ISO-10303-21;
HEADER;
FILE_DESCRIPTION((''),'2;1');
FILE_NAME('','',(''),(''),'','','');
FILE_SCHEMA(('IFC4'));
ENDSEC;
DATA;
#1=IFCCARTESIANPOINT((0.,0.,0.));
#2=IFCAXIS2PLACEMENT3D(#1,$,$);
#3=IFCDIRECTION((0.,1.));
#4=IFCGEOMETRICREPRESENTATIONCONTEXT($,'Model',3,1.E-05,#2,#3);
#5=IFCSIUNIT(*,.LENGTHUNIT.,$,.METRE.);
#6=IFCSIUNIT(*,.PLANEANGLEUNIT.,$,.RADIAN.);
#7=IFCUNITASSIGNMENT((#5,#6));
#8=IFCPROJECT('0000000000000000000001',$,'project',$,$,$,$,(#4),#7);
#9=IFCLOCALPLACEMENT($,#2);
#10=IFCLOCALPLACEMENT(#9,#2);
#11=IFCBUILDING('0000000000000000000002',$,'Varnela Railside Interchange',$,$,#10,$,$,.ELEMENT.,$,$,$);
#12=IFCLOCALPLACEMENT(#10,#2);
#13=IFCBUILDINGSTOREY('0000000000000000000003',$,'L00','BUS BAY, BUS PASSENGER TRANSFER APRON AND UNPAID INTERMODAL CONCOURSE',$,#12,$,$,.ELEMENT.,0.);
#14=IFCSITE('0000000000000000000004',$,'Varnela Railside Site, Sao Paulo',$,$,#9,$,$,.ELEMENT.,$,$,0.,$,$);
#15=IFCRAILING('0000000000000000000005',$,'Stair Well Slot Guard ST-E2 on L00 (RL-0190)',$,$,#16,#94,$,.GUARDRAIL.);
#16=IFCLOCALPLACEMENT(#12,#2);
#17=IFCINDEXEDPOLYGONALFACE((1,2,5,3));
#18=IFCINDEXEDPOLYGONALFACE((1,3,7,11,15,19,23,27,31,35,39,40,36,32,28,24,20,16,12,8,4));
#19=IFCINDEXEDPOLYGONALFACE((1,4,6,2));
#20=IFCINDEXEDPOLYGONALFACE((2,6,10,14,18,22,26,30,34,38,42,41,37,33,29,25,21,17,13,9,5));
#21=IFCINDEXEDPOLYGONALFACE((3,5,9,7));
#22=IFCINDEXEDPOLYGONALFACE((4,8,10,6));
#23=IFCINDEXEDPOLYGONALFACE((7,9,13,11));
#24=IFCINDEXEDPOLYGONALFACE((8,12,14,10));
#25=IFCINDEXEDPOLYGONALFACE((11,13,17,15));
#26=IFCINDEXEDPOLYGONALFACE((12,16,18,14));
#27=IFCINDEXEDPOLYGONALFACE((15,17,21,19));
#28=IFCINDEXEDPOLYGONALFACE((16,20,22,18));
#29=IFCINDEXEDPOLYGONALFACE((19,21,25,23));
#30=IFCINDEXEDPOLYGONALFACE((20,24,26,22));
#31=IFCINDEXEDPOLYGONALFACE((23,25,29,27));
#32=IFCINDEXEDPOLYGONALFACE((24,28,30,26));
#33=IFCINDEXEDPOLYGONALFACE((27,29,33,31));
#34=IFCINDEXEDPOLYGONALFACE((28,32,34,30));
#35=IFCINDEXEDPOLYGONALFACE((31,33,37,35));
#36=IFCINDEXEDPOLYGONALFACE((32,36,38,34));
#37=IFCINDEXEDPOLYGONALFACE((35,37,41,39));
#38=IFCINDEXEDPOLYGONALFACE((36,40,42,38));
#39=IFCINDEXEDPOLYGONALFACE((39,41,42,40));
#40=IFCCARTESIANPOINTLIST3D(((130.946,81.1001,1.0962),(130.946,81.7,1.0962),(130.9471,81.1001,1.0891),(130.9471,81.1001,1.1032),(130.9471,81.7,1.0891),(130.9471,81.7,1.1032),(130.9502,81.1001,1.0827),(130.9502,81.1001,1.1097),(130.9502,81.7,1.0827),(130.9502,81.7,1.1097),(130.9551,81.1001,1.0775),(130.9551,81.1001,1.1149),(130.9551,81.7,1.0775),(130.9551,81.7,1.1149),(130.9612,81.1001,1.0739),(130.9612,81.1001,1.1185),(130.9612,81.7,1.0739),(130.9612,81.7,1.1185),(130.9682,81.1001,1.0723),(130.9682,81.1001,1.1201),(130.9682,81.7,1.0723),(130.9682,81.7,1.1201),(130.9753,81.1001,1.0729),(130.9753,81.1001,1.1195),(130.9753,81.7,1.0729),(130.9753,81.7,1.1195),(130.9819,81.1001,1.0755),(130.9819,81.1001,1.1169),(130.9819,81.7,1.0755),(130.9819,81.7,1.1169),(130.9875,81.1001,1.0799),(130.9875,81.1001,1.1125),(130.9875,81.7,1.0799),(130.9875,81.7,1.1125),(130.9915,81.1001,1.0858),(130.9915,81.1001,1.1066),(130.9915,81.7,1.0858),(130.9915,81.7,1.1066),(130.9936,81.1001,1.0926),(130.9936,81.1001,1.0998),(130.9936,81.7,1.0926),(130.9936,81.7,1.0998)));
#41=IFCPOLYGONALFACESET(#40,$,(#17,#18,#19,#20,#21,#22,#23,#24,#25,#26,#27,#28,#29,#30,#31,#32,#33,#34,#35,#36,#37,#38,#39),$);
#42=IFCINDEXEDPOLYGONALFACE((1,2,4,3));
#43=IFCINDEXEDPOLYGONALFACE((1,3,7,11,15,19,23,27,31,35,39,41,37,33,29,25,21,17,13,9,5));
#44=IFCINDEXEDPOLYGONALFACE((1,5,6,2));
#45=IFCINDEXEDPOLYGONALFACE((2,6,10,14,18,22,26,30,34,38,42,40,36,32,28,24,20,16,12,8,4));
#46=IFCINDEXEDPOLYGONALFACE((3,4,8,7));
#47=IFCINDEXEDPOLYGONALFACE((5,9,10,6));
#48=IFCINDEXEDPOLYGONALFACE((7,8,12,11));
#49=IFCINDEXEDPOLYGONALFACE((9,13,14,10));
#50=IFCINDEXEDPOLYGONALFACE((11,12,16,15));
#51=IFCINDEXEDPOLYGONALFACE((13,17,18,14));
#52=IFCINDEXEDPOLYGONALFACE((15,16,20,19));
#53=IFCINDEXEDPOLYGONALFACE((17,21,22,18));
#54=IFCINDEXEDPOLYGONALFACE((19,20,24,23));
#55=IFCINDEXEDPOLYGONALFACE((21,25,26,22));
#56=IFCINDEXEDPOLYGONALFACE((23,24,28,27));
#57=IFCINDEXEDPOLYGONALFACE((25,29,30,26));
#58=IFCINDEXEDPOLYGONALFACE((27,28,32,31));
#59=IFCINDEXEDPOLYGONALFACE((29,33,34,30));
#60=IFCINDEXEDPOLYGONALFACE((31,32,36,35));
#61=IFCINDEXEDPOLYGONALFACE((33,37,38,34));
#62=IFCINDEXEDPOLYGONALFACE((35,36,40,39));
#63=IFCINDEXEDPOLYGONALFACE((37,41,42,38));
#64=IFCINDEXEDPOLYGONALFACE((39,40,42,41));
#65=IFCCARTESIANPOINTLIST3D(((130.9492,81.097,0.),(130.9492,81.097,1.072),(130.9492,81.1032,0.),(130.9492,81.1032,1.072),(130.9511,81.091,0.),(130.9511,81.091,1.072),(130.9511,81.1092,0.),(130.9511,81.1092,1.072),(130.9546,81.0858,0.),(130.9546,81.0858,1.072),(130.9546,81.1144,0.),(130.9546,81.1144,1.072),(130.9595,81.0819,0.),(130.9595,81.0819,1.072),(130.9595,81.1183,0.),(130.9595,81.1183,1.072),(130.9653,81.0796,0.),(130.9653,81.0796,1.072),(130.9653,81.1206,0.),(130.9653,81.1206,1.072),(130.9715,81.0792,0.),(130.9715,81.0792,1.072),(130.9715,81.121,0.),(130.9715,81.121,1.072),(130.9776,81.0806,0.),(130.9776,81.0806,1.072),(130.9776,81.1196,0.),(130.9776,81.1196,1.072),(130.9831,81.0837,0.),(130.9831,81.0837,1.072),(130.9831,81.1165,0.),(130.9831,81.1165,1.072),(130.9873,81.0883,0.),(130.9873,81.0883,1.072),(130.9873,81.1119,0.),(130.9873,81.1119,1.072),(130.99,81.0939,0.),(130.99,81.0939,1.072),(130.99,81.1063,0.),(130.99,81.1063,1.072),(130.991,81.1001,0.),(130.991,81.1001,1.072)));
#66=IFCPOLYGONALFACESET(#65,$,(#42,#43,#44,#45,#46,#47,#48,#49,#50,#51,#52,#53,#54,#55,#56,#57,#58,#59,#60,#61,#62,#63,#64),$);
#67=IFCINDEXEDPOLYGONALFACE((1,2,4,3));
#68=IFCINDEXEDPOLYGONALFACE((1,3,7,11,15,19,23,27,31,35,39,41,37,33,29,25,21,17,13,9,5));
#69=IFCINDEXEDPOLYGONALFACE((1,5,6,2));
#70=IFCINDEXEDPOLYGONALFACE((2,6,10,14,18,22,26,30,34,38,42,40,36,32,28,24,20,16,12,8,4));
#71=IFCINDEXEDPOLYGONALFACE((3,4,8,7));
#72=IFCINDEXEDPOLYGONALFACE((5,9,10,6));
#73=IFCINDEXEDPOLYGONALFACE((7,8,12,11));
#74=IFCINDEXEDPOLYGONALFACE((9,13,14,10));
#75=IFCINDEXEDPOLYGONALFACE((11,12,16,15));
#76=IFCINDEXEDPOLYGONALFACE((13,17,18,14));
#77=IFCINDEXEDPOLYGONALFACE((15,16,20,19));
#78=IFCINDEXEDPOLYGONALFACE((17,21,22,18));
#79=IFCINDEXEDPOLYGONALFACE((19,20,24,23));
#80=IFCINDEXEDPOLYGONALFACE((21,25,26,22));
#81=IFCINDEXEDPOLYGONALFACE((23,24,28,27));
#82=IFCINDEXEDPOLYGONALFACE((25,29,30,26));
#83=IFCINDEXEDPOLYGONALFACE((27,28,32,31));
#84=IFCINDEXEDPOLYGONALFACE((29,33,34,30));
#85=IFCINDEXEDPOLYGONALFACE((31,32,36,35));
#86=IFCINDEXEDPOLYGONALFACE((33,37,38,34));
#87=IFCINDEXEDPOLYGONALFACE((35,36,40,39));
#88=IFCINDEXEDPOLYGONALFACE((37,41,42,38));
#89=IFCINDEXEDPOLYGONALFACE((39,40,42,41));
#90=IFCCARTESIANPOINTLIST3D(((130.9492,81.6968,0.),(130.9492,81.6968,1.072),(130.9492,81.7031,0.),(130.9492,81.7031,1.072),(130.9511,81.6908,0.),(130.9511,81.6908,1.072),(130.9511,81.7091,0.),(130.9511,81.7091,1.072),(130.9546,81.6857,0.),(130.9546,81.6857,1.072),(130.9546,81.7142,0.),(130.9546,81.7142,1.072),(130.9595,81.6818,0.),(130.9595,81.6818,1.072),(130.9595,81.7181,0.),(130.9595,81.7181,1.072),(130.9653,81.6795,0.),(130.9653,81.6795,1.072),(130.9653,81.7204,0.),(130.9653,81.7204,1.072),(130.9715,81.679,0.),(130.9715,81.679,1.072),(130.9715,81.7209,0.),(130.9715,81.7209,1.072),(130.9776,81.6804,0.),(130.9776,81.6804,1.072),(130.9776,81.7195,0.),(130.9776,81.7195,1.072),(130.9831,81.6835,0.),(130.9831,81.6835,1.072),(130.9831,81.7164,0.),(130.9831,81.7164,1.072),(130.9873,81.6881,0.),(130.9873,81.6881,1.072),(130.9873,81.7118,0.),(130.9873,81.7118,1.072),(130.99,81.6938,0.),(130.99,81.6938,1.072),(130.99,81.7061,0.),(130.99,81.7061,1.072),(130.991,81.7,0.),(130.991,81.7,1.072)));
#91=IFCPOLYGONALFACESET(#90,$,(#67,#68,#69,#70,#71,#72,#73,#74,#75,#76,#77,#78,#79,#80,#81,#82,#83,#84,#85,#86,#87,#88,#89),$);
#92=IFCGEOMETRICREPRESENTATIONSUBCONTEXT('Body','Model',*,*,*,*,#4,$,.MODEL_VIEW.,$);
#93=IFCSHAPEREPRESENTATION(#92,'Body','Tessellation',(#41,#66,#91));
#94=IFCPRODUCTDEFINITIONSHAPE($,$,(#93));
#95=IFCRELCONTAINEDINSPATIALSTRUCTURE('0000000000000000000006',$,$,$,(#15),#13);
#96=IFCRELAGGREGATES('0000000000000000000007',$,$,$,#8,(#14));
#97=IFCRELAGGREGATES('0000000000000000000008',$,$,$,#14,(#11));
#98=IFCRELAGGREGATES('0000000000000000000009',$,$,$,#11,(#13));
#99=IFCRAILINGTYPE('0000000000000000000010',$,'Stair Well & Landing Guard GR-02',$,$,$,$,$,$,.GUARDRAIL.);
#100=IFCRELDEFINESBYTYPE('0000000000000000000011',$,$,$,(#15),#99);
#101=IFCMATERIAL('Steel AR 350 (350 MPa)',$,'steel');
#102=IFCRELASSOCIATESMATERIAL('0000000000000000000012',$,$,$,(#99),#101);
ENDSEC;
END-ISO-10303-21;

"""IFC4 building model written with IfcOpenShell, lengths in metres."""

from ifc_helpers import new_model, si_unit, direction, frame, origin, origin_2d, place, context, subcontext, project, spatial, circle, extrude, material, type_object, element, save


model = new_model("IFC4")

# Units and contexts
model_context = context("Model", 3, precision=1e-05, world=origin(), true_north=direction((0.0, 1.0)))
body_context = subcontext(model_context, "Body", "Model", "MODEL_VIEW")
ifc_project = project(units=[si_unit("LENGTHUNIT", "METRE"), si_unit("PLANEANGLEUNIT", "RADIAN")], contexts=[model_context])

# Site, building, storey
site_placement = place(None, origin())
site = spatial("IfcSite", under=ifc_project, at=site_placement, Name="Varnela Railside Site, Sao Paulo", CompositionType="ELEMENT", RefElevation=0.0)
building_placement = place(site_placement, origin())
building = spatial("IfcBuilding", under=site, at=building_placement, Name="Varnela Railside Interchange", CompositionType="ELEMENT")
storey_placement = place(building_placement, origin())
storey = spatial("IfcBuildingStorey", under=building, at=storey_placement, Name="L00", Description="BUS BAY, BUS PASSENGER TRANSFER APRON AND UNPAID INTERMODAL CONCOURSE", CompositionType="ELEMENT", Elevation=0.0)

# Shared definitions
ifc_material_1 = material(Name="Steel AR 350 (350 MPa)", Category="steel")

# Railing
railing_type_1 = type_object("IfcRailingType", Name="Stair Well & Landing Guard GR-02", PredefinedType="GUARDRAIL", material=ifc_material_1)
railing_1_placement = place(storey_placement, frame((130.97, 81.1001, 0.0)))
element("IfcRailing", 1, at=railing_1_placement, inside=storey, type_object=railing_type_1, Name="Stair Well Slot Guard ST-E2 on L00 (RL-0190)", PredefinedType="GUARDRAIL", context=body_context, shape_type="SweptSolid", body=[
    extrude(circle(Radius=0.0239, at=origin_2d()), frame((0.0, 0.0, 1.0962), z_axis=(0.0, 1.0, 0.0), x_axis=(-1.0, 0.0, 0.0)), (0.0, 0.0, 1.0), 0.5999),
    extrude(circle(Radius=0.021, at=origin_2d()), origin(), (0.0, 0.0, 1.0), 1.072),
    extrude(circle(Radius=0.021, at=origin_2d()), frame((0.0, 0.5999, 0.0)), (0.0, 0.0, 1.0), 1.072),
])

save(model, "model.ifc")
